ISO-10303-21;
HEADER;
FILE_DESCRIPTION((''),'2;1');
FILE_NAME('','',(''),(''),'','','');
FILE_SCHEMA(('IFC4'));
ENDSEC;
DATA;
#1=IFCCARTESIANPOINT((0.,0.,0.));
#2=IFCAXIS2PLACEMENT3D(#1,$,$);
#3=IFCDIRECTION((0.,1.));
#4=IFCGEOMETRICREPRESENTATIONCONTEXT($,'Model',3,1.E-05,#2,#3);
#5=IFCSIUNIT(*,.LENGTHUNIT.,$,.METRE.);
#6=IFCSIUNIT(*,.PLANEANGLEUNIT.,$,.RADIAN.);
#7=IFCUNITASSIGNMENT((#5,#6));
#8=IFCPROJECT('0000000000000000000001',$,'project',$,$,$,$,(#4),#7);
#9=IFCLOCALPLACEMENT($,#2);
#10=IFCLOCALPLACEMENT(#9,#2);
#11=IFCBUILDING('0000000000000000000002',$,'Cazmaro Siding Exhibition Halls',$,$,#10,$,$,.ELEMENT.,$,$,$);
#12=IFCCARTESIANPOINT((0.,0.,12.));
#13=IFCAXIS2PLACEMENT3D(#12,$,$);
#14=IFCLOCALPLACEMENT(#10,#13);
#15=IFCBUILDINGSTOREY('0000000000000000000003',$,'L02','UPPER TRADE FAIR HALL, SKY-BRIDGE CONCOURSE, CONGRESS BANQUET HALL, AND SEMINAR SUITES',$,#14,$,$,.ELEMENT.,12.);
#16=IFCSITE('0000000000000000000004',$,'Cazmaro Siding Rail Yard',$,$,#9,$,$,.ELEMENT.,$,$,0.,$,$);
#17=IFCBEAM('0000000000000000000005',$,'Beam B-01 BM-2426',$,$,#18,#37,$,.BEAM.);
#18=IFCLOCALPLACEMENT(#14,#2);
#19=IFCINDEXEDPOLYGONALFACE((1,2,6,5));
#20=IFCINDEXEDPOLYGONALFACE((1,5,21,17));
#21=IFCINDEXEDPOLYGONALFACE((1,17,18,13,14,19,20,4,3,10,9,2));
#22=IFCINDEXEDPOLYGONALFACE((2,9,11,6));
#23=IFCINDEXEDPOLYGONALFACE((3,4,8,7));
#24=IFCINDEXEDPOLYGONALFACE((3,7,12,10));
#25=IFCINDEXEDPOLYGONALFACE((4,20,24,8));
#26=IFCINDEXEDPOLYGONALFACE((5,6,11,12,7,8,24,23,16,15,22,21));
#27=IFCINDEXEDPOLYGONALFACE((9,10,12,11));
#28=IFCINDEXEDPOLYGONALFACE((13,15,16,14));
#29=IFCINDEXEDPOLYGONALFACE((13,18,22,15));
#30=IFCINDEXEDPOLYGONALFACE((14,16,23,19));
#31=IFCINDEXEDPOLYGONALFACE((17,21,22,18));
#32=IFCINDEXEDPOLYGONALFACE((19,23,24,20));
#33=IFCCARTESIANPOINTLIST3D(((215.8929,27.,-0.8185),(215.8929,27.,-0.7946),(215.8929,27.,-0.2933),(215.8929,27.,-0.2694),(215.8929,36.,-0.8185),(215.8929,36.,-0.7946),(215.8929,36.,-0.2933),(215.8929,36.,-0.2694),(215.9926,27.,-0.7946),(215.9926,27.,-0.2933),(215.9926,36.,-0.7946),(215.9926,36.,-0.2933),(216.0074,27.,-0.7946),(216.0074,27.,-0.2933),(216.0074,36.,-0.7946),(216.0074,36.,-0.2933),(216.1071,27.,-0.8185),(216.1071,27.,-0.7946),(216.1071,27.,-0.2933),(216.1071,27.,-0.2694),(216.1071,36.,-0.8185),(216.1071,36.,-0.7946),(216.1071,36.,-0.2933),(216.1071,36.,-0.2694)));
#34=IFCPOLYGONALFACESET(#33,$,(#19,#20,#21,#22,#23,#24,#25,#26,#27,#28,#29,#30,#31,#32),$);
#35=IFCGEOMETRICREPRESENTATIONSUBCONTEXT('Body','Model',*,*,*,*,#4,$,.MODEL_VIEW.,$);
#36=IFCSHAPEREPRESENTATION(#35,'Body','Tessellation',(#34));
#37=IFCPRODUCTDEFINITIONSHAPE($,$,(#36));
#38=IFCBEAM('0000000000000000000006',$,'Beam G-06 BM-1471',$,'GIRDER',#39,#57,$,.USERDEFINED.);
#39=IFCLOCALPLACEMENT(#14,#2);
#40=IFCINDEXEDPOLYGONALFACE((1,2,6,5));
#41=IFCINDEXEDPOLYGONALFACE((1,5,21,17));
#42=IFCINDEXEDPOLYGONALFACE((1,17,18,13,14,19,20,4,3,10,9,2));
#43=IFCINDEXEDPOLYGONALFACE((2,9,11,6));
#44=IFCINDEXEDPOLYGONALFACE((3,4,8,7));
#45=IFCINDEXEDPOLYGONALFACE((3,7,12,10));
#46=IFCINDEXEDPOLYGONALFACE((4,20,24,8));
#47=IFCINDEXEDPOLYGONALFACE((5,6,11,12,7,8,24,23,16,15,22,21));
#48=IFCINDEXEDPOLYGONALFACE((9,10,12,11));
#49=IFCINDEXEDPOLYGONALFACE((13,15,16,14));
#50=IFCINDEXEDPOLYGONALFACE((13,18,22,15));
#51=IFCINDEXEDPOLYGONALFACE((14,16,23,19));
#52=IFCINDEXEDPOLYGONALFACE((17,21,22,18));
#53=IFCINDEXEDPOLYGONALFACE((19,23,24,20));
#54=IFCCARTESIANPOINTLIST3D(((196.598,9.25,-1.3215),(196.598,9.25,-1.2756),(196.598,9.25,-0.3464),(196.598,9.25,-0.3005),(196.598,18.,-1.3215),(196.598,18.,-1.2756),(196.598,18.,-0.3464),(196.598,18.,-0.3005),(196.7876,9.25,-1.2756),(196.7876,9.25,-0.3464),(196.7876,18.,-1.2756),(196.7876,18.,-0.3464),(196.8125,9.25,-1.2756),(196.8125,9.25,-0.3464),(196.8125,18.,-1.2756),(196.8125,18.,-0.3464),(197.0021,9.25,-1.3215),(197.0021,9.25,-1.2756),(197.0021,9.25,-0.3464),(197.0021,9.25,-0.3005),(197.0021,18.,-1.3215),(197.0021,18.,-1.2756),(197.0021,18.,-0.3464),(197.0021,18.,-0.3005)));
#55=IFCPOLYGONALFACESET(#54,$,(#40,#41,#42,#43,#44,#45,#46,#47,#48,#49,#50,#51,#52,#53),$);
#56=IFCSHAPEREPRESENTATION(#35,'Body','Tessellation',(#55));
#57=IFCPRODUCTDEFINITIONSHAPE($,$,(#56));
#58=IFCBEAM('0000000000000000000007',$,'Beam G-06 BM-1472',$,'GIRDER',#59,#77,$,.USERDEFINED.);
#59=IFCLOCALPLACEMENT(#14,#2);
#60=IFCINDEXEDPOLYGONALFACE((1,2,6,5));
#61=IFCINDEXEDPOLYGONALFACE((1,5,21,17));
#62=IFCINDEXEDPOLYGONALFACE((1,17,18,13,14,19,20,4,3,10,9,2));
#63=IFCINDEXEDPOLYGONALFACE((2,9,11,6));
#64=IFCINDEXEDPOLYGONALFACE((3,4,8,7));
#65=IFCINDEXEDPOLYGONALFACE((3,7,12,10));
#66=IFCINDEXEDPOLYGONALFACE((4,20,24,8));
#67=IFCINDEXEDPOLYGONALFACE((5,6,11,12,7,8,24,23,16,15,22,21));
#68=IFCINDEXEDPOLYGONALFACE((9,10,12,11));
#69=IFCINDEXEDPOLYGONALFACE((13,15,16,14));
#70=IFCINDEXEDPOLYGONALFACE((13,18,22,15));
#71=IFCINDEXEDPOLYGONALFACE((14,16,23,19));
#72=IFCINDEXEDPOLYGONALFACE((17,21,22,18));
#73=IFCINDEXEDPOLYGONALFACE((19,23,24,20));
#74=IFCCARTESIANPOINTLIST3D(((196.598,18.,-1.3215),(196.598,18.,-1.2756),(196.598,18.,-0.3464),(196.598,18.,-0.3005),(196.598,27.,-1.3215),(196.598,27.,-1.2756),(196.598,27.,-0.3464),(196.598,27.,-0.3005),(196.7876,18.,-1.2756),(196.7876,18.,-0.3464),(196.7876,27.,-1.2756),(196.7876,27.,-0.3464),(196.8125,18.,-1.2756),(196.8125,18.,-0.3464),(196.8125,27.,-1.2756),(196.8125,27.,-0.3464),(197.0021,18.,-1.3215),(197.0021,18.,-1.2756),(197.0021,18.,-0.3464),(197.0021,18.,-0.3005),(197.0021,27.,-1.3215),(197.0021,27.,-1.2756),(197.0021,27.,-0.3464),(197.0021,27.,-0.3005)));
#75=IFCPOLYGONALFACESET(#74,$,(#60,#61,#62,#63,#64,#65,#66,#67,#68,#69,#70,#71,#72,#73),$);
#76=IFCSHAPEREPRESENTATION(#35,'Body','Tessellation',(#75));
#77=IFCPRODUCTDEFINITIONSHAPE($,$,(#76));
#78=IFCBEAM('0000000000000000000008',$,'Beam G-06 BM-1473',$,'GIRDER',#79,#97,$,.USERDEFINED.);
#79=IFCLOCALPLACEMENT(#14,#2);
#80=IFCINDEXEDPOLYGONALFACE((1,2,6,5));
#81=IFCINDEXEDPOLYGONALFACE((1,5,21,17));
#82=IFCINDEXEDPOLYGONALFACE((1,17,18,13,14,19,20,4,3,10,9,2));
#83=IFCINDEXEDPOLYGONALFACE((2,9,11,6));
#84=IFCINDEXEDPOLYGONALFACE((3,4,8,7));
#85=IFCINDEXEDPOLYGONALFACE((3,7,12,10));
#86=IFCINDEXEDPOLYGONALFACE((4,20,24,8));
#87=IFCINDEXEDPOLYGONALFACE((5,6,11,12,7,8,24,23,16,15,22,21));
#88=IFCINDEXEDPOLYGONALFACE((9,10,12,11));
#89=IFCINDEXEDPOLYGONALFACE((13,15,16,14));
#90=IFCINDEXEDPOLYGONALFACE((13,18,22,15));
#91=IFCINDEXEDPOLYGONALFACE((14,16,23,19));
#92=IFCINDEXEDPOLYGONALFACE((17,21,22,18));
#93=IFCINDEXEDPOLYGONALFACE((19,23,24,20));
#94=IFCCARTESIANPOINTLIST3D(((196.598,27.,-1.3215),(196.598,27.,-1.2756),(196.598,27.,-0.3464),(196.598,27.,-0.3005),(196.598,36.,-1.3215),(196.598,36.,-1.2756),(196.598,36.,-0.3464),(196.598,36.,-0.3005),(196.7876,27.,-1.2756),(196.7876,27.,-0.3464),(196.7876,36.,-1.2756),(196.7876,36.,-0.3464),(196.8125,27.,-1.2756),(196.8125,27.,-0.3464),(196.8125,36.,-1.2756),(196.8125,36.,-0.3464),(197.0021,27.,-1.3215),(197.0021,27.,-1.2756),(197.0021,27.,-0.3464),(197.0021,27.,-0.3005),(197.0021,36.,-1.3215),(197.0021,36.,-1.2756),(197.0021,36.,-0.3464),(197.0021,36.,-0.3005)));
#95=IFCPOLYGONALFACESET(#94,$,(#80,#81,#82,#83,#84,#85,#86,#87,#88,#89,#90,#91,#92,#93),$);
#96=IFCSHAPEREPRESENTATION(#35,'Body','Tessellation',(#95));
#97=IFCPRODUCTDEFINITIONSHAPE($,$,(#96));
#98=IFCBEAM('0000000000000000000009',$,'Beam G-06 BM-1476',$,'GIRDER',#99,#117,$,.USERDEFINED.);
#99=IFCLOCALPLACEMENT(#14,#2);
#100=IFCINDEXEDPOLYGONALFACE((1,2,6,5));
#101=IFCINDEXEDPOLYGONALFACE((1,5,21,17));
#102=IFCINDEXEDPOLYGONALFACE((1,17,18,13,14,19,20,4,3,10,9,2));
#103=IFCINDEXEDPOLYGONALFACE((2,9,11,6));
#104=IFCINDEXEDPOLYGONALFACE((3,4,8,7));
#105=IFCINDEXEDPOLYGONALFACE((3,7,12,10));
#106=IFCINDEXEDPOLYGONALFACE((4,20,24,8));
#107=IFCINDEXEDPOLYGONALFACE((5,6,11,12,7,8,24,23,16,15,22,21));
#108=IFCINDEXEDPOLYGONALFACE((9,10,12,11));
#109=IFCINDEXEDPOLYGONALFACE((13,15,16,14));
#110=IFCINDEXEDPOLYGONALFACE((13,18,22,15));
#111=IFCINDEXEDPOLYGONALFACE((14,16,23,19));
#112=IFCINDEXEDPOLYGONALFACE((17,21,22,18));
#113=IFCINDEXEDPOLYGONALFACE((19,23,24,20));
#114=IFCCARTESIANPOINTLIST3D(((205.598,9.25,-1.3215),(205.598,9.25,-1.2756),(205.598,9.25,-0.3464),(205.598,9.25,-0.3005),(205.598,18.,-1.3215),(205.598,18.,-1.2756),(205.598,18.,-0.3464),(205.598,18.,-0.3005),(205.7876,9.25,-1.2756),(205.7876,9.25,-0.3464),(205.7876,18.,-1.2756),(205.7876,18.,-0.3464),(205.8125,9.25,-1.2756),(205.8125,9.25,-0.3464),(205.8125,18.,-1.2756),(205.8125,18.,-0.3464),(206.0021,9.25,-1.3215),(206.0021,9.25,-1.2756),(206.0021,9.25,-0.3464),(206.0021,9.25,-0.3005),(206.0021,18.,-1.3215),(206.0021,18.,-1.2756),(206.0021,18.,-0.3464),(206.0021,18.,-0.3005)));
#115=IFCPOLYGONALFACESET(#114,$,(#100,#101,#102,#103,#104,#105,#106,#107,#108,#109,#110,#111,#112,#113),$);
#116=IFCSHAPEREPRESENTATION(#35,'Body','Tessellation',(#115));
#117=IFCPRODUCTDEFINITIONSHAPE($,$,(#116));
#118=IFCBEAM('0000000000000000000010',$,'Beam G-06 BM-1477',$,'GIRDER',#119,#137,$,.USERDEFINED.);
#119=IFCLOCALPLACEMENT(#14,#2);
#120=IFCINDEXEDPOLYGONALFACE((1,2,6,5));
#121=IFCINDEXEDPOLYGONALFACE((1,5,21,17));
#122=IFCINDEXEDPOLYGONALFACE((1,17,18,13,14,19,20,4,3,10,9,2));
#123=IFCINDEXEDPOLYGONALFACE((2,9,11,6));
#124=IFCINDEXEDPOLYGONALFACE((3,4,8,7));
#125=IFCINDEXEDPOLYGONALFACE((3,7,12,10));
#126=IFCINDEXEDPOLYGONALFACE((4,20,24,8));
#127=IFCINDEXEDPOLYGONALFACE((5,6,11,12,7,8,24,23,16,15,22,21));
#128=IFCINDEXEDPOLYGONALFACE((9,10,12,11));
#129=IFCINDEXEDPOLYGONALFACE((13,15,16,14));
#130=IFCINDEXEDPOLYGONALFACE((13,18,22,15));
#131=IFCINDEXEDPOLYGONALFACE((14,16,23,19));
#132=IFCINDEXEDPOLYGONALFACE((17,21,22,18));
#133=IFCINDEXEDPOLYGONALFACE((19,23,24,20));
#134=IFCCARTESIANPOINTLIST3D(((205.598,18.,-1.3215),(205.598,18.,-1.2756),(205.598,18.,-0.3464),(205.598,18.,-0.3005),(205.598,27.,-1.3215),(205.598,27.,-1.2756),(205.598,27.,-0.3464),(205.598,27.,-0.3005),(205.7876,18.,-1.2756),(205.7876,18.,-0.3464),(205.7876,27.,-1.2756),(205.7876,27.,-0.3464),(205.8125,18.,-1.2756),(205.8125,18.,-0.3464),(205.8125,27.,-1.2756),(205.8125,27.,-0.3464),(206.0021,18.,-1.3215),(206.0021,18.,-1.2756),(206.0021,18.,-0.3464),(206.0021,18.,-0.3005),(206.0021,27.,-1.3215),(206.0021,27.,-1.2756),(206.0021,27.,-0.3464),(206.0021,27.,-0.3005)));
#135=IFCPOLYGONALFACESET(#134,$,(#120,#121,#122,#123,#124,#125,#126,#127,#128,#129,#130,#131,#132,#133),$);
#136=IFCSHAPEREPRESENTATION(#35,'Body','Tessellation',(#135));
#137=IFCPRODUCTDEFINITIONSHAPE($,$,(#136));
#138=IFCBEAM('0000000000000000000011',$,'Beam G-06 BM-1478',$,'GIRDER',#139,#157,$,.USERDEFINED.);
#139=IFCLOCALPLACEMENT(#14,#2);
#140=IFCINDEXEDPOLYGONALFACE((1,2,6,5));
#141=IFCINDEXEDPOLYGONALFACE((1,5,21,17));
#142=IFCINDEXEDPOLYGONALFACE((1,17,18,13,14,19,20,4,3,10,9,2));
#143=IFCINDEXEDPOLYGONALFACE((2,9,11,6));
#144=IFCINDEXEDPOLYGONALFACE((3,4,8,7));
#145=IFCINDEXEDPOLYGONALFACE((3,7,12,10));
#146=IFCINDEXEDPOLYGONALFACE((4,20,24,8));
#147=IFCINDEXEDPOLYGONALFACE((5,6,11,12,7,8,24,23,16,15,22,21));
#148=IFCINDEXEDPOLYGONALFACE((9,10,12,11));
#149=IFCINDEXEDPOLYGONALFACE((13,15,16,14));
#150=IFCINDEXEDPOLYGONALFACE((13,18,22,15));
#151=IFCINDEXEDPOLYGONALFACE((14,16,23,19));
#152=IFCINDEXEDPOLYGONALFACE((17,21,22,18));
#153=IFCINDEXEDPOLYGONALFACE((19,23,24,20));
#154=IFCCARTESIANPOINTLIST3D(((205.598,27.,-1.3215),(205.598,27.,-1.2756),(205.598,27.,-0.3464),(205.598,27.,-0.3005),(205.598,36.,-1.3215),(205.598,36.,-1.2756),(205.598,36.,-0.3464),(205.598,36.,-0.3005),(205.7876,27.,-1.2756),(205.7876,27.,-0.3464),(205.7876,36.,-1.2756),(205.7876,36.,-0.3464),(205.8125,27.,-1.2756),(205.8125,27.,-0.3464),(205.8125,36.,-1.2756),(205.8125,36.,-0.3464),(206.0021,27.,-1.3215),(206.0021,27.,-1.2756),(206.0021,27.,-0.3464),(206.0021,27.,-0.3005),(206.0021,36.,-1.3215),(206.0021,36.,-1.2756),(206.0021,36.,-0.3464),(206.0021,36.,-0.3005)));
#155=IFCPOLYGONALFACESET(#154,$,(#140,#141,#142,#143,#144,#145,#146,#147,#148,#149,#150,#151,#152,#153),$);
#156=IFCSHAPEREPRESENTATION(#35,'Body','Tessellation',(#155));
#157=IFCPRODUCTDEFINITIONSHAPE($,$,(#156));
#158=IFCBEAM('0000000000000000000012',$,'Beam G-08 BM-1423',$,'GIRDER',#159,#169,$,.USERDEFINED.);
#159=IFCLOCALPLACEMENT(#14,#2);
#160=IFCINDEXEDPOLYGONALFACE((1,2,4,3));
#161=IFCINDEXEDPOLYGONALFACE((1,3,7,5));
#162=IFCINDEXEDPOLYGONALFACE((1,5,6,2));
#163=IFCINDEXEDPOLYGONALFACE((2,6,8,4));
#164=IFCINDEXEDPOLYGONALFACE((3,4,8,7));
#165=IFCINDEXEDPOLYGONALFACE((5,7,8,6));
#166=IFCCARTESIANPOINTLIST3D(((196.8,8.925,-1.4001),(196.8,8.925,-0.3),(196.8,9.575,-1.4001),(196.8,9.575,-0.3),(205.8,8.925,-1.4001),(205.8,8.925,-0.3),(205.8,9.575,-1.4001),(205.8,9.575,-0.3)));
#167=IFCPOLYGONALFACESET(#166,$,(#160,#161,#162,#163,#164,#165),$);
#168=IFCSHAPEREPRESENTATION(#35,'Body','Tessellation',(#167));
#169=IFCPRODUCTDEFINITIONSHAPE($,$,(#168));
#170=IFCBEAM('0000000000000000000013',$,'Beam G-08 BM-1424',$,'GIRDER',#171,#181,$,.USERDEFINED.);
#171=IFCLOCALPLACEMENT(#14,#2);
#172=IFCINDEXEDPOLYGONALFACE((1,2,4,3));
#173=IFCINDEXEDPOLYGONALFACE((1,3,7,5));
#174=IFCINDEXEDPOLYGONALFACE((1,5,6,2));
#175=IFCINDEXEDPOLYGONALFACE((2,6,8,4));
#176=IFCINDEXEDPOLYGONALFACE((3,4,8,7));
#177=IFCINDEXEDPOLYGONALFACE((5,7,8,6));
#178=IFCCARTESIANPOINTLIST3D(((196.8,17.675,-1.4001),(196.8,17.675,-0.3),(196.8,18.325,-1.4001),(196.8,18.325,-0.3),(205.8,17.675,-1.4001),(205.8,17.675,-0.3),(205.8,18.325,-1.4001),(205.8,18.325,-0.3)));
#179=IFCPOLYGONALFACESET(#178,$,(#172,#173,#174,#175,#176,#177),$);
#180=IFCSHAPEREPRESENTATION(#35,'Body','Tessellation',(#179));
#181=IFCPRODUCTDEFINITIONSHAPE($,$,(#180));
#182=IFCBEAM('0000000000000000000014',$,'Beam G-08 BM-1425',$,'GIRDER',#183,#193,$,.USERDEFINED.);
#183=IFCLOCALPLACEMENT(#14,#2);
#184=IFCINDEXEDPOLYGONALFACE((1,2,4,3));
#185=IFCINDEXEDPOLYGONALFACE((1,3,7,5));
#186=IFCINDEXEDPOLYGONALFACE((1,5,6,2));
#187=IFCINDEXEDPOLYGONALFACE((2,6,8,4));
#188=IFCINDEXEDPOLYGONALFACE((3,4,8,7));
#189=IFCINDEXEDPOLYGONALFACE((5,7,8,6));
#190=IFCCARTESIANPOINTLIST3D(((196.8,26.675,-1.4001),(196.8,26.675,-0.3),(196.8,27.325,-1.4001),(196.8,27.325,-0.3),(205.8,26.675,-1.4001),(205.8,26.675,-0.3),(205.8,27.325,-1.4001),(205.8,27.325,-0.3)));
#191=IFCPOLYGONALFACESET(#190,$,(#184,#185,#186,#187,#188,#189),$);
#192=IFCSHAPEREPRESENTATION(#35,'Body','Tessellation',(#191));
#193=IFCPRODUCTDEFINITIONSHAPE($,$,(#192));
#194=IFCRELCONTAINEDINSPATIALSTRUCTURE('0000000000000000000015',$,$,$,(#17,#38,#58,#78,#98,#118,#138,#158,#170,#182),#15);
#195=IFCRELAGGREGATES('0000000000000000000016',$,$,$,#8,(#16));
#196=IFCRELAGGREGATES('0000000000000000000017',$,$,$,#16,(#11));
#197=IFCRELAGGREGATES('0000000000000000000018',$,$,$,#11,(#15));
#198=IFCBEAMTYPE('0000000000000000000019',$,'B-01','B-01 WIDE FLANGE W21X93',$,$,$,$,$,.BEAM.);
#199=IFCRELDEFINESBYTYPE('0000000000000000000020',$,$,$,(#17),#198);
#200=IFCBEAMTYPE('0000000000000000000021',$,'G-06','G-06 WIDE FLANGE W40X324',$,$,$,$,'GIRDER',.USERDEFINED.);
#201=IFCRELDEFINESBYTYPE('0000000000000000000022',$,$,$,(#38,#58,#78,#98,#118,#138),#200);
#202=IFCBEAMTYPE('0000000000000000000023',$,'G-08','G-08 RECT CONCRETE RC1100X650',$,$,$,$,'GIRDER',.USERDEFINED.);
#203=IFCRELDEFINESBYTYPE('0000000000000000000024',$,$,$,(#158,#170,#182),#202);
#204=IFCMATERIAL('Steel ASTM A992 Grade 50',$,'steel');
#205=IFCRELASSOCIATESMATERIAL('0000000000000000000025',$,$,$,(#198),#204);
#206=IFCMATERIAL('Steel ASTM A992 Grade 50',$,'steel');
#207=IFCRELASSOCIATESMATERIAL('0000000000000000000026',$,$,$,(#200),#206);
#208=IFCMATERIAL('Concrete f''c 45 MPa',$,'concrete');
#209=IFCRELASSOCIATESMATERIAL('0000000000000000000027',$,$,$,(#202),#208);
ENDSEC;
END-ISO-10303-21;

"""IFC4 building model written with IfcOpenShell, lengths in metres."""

from ifc_helpers import new_model, si_unit, direction, frame, origin, origin_2d, place, context, subcontext, project, spatial, rectangle, i_section, extrude, material, material_profile, profile_set, type_object, element, save


model = new_model("IFC4")

# Units and contexts
model_context = context("Model", 3, precision=1e-05, world=origin(), true_north=direction((0.0, 1.0)))
body_context = subcontext(model_context, "Body", "Model", "MODEL_VIEW")
ifc_project = project(units=[si_unit("LENGTHUNIT", "METRE"), si_unit("PLANEANGLEUNIT", "RADIAN")], contexts=[model_context])

# Site, building, storey
site_placement = place(None, origin())
site = spatial("IfcSite", under=ifc_project, at=site_placement, Name="Cazmaro Siding Rail Yard", CompositionType="ELEMENT", RefElevation=0.0)
building_placement = place(site_placement, origin())
building = spatial("IfcBuilding", under=site, at=building_placement, Name="Cazmaro Siding Exhibition Halls", CompositionType="ELEMENT")
storey_placement = place(building_placement, frame((0.0, 0.0, 12.0)))
storey = spatial("IfcBuildingStorey", under=building, at=storey_placement, Name="L02", Description="UPPER TRADE FAIR HALL, SKY-BRIDGE CONCOURSE, CONGRESS BANQUET HALL, AND SEMINAR SUITES", CompositionType="ELEMENT", Elevation=12.0)

# Beams
ifc_material_1 = material(Name="Steel ASTM A992 Grade 50", Category="steel")
ifc_material_profile_1 = material_profile(ifc_material_1, i_section(OverallWidth=0.2141, OverallDepth=0.5491, WebThickness=0.0149, FlangeThickness=0.0239, at=origin_2d()), Name="W21X93")
ifc_profile_set_1 = profile_set([ifc_material_profile_1], Name="Steel ASTM A992 Grade 50")
beam_type_1 = type_object("IfcBeamType", Name="B-01", Description="B-01 WIDE FLANGE W21X93", PredefinedType="BEAM", material=ifc_profile_set_1)
for number, where, z_axis, x_axis, name in (
    (1, (216.0, 27.0, -0.5439), (0.0, 1.0, 0.0), (-1.0, 0.0, 0.0), "Beam B-01 BM-2426"),
):
    element("IfcBeam", number, at=place(storey_placement, frame(where, z_axis=z_axis, x_axis=x_axis)), inside=storey, type_object=beam_type_1, Name=name, PredefinedType="BEAM", context=body_context, shape_type="SweptSolid", body=[
        extrude(i_section(OverallWidth=0.2141, OverallDepth=0.5491, WebThickness=0.0149, FlangeThickness=0.0239, at=origin_2d()), origin(), (0.0, 0.0, 1.0), 9.0),
    ])
ifc_material_2 = material(Name="Steel ASTM A992 Grade 50", Category="steel")
ifc_material_profile_2 = material_profile(ifc_material_2, i_section(OverallWidth=0.4041, OverallDepth=1.021, WebThickness=0.0249, FlangeThickness=0.0459, at=origin_2d()), Name="W40X324")
ifc_profile_set_2 = profile_set([ifc_material_profile_2], Name="Steel ASTM A992 Grade 50")
beam_type_2 = type_object("IfcBeamType", Name="G-06", Description="G-06 WIDE FLANGE W40X324", ElementType="GIRDER", PredefinedType="USERDEFINED", material=ifc_profile_set_2)
beam_1_placement = place(storey_placement, frame((196.8, 9.25, -0.811), z_axis=(0.0, 1.0, 0.0), x_axis=(-1.0, 0.0, 0.0)))
element("IfcBeam", 2, at=beam_1_placement, inside=storey, type_object=beam_type_2, Name="Beam G-06 BM-1471", ObjectType="GIRDER", PredefinedType="USERDEFINED", context=body_context, shape_type="SweptSolid", body=[
    extrude(i_section(OverallWidth=0.4041, OverallDepth=1.021, WebThickness=0.0249, FlangeThickness=0.0459, at=origin_2d()), origin(), (0.0, 0.0, 1.0), 8.75),
])
for number, where, z_axis, x_axis, name in (
    (3, (196.8, 18.0, -0.811), (0.0, 1.0, 0.0), (-1.0, 0.0, 0.0), "Beam G-06 BM-1472"),
    (4, (196.8, 27.0, -0.811), (0.0, 1.0, 0.0), (-1.0, 0.0, 0.0), "Beam G-06 BM-1473"),
):
    element("IfcBeam", number, at=place(storey_placement, frame(where, z_axis=z_axis, x_axis=x_axis)), inside=storey, type_object=beam_type_2, Name=name, ObjectType="GIRDER", PredefinedType="USERDEFINED", context=body_context, shape_type="SweptSolid", body=[
        extrude(i_section(OverallWidth=0.4041, OverallDepth=1.021, WebThickness=0.0249, FlangeThickness=0.0459, at=origin_2d()), origin(), (0.0, 0.0, 1.0), 9.0),
    ])
beam_2_placement = place(storey_placement, frame((205.8, 9.25, -0.811), z_axis=(0.0, 1.0, 0.0), x_axis=(-1.0, 0.0, 0.0)))
element("IfcBeam", 5, at=beam_2_placement, inside=storey, type_object=beam_type_2, Name="Beam G-06 BM-1476", ObjectType="GIRDER", PredefinedType="USERDEFINED", context=body_context, shape_type="SweptSolid", body=[
    extrude(i_section(OverallWidth=0.4041, OverallDepth=1.021, WebThickness=0.0249, FlangeThickness=0.0459, at=origin_2d()), origin(), (0.0, 0.0, 1.0), 8.75),
])
for number, where, z_axis, x_axis, name in (
    (6, (205.8, 18.0, -0.811), (0.0, 1.0, 0.0), (-1.0, 0.0, 0.0), "Beam G-06 BM-1477"),
    (7, (205.8, 27.0, -0.811), (0.0, 1.0, 0.0), (-1.0, 0.0, 0.0), "Beam G-06 BM-1478"),
):
    element("IfcBeam", number, at=place(storey_placement, frame(where, z_axis=z_axis, x_axis=x_axis)), inside=storey, type_object=beam_type_2, Name=name, ObjectType="GIRDER", PredefinedType="USERDEFINED", context=body_context, shape_type="SweptSolid", body=[
        extrude(i_section(OverallWidth=0.4041, OverallDepth=1.021, WebThickness=0.0249, FlangeThickness=0.0459, at=origin_2d()), origin(), (0.0, 0.0, 1.0), 9.0),
    ])
ifc_material_3 = material(Name="Concrete f'c 45 MPa", Category="concrete")
ifc_material_profile_3 = material_profile(ifc_material_3, rectangle(XDim=0.6499, YDim=1.1001, at=origin_2d()), Name="RC1100X650")
ifc_profile_set_3 = profile_set([ifc_material_profile_3], Name="Concrete f'c 45 MPa")
beam_type_3 = type_object("IfcBeamType", Name="G-08", Description="G-08 RECT CONCRETE RC1100X650", ElementType="GIRDER", PredefinedType="USERDEFINED", material=ifc_profile_set_3)
for number, where, z_axis, x_axis, name in (
    (8, (196.8, 9.25, -0.8501), (1.0, 0.0, 0.0), (0.0, 1.0, 0.0), "Beam G-08 BM-1423"),
    (9, (196.8, 18.0, -0.8501), (1.0, 0.0, 0.0), (0.0, 1.0, 0.0), "Beam G-08 BM-1424"),
    (10, (196.8, 27.0, -0.8501), (1.0, 0.0, 0.0), (0.0, 1.0, 0.0), "Beam G-08 BM-1425"),
):
    element("IfcBeam", number, at=place(storey_placement, frame(where, z_axis=z_axis, x_axis=x_axis)), inside=storey, type_object=beam_type_3, Name=name, ObjectType="GIRDER", PredefinedType="USERDEFINED", context=body_context, shape_type="SweptSolid", body=[
        extrude(rectangle(XDim=0.6499, YDim=1.1001, at=origin_2d()), origin(), (0.0, 0.0, 1.0), 9.0),
    ])

save(model, "model.ifc")
